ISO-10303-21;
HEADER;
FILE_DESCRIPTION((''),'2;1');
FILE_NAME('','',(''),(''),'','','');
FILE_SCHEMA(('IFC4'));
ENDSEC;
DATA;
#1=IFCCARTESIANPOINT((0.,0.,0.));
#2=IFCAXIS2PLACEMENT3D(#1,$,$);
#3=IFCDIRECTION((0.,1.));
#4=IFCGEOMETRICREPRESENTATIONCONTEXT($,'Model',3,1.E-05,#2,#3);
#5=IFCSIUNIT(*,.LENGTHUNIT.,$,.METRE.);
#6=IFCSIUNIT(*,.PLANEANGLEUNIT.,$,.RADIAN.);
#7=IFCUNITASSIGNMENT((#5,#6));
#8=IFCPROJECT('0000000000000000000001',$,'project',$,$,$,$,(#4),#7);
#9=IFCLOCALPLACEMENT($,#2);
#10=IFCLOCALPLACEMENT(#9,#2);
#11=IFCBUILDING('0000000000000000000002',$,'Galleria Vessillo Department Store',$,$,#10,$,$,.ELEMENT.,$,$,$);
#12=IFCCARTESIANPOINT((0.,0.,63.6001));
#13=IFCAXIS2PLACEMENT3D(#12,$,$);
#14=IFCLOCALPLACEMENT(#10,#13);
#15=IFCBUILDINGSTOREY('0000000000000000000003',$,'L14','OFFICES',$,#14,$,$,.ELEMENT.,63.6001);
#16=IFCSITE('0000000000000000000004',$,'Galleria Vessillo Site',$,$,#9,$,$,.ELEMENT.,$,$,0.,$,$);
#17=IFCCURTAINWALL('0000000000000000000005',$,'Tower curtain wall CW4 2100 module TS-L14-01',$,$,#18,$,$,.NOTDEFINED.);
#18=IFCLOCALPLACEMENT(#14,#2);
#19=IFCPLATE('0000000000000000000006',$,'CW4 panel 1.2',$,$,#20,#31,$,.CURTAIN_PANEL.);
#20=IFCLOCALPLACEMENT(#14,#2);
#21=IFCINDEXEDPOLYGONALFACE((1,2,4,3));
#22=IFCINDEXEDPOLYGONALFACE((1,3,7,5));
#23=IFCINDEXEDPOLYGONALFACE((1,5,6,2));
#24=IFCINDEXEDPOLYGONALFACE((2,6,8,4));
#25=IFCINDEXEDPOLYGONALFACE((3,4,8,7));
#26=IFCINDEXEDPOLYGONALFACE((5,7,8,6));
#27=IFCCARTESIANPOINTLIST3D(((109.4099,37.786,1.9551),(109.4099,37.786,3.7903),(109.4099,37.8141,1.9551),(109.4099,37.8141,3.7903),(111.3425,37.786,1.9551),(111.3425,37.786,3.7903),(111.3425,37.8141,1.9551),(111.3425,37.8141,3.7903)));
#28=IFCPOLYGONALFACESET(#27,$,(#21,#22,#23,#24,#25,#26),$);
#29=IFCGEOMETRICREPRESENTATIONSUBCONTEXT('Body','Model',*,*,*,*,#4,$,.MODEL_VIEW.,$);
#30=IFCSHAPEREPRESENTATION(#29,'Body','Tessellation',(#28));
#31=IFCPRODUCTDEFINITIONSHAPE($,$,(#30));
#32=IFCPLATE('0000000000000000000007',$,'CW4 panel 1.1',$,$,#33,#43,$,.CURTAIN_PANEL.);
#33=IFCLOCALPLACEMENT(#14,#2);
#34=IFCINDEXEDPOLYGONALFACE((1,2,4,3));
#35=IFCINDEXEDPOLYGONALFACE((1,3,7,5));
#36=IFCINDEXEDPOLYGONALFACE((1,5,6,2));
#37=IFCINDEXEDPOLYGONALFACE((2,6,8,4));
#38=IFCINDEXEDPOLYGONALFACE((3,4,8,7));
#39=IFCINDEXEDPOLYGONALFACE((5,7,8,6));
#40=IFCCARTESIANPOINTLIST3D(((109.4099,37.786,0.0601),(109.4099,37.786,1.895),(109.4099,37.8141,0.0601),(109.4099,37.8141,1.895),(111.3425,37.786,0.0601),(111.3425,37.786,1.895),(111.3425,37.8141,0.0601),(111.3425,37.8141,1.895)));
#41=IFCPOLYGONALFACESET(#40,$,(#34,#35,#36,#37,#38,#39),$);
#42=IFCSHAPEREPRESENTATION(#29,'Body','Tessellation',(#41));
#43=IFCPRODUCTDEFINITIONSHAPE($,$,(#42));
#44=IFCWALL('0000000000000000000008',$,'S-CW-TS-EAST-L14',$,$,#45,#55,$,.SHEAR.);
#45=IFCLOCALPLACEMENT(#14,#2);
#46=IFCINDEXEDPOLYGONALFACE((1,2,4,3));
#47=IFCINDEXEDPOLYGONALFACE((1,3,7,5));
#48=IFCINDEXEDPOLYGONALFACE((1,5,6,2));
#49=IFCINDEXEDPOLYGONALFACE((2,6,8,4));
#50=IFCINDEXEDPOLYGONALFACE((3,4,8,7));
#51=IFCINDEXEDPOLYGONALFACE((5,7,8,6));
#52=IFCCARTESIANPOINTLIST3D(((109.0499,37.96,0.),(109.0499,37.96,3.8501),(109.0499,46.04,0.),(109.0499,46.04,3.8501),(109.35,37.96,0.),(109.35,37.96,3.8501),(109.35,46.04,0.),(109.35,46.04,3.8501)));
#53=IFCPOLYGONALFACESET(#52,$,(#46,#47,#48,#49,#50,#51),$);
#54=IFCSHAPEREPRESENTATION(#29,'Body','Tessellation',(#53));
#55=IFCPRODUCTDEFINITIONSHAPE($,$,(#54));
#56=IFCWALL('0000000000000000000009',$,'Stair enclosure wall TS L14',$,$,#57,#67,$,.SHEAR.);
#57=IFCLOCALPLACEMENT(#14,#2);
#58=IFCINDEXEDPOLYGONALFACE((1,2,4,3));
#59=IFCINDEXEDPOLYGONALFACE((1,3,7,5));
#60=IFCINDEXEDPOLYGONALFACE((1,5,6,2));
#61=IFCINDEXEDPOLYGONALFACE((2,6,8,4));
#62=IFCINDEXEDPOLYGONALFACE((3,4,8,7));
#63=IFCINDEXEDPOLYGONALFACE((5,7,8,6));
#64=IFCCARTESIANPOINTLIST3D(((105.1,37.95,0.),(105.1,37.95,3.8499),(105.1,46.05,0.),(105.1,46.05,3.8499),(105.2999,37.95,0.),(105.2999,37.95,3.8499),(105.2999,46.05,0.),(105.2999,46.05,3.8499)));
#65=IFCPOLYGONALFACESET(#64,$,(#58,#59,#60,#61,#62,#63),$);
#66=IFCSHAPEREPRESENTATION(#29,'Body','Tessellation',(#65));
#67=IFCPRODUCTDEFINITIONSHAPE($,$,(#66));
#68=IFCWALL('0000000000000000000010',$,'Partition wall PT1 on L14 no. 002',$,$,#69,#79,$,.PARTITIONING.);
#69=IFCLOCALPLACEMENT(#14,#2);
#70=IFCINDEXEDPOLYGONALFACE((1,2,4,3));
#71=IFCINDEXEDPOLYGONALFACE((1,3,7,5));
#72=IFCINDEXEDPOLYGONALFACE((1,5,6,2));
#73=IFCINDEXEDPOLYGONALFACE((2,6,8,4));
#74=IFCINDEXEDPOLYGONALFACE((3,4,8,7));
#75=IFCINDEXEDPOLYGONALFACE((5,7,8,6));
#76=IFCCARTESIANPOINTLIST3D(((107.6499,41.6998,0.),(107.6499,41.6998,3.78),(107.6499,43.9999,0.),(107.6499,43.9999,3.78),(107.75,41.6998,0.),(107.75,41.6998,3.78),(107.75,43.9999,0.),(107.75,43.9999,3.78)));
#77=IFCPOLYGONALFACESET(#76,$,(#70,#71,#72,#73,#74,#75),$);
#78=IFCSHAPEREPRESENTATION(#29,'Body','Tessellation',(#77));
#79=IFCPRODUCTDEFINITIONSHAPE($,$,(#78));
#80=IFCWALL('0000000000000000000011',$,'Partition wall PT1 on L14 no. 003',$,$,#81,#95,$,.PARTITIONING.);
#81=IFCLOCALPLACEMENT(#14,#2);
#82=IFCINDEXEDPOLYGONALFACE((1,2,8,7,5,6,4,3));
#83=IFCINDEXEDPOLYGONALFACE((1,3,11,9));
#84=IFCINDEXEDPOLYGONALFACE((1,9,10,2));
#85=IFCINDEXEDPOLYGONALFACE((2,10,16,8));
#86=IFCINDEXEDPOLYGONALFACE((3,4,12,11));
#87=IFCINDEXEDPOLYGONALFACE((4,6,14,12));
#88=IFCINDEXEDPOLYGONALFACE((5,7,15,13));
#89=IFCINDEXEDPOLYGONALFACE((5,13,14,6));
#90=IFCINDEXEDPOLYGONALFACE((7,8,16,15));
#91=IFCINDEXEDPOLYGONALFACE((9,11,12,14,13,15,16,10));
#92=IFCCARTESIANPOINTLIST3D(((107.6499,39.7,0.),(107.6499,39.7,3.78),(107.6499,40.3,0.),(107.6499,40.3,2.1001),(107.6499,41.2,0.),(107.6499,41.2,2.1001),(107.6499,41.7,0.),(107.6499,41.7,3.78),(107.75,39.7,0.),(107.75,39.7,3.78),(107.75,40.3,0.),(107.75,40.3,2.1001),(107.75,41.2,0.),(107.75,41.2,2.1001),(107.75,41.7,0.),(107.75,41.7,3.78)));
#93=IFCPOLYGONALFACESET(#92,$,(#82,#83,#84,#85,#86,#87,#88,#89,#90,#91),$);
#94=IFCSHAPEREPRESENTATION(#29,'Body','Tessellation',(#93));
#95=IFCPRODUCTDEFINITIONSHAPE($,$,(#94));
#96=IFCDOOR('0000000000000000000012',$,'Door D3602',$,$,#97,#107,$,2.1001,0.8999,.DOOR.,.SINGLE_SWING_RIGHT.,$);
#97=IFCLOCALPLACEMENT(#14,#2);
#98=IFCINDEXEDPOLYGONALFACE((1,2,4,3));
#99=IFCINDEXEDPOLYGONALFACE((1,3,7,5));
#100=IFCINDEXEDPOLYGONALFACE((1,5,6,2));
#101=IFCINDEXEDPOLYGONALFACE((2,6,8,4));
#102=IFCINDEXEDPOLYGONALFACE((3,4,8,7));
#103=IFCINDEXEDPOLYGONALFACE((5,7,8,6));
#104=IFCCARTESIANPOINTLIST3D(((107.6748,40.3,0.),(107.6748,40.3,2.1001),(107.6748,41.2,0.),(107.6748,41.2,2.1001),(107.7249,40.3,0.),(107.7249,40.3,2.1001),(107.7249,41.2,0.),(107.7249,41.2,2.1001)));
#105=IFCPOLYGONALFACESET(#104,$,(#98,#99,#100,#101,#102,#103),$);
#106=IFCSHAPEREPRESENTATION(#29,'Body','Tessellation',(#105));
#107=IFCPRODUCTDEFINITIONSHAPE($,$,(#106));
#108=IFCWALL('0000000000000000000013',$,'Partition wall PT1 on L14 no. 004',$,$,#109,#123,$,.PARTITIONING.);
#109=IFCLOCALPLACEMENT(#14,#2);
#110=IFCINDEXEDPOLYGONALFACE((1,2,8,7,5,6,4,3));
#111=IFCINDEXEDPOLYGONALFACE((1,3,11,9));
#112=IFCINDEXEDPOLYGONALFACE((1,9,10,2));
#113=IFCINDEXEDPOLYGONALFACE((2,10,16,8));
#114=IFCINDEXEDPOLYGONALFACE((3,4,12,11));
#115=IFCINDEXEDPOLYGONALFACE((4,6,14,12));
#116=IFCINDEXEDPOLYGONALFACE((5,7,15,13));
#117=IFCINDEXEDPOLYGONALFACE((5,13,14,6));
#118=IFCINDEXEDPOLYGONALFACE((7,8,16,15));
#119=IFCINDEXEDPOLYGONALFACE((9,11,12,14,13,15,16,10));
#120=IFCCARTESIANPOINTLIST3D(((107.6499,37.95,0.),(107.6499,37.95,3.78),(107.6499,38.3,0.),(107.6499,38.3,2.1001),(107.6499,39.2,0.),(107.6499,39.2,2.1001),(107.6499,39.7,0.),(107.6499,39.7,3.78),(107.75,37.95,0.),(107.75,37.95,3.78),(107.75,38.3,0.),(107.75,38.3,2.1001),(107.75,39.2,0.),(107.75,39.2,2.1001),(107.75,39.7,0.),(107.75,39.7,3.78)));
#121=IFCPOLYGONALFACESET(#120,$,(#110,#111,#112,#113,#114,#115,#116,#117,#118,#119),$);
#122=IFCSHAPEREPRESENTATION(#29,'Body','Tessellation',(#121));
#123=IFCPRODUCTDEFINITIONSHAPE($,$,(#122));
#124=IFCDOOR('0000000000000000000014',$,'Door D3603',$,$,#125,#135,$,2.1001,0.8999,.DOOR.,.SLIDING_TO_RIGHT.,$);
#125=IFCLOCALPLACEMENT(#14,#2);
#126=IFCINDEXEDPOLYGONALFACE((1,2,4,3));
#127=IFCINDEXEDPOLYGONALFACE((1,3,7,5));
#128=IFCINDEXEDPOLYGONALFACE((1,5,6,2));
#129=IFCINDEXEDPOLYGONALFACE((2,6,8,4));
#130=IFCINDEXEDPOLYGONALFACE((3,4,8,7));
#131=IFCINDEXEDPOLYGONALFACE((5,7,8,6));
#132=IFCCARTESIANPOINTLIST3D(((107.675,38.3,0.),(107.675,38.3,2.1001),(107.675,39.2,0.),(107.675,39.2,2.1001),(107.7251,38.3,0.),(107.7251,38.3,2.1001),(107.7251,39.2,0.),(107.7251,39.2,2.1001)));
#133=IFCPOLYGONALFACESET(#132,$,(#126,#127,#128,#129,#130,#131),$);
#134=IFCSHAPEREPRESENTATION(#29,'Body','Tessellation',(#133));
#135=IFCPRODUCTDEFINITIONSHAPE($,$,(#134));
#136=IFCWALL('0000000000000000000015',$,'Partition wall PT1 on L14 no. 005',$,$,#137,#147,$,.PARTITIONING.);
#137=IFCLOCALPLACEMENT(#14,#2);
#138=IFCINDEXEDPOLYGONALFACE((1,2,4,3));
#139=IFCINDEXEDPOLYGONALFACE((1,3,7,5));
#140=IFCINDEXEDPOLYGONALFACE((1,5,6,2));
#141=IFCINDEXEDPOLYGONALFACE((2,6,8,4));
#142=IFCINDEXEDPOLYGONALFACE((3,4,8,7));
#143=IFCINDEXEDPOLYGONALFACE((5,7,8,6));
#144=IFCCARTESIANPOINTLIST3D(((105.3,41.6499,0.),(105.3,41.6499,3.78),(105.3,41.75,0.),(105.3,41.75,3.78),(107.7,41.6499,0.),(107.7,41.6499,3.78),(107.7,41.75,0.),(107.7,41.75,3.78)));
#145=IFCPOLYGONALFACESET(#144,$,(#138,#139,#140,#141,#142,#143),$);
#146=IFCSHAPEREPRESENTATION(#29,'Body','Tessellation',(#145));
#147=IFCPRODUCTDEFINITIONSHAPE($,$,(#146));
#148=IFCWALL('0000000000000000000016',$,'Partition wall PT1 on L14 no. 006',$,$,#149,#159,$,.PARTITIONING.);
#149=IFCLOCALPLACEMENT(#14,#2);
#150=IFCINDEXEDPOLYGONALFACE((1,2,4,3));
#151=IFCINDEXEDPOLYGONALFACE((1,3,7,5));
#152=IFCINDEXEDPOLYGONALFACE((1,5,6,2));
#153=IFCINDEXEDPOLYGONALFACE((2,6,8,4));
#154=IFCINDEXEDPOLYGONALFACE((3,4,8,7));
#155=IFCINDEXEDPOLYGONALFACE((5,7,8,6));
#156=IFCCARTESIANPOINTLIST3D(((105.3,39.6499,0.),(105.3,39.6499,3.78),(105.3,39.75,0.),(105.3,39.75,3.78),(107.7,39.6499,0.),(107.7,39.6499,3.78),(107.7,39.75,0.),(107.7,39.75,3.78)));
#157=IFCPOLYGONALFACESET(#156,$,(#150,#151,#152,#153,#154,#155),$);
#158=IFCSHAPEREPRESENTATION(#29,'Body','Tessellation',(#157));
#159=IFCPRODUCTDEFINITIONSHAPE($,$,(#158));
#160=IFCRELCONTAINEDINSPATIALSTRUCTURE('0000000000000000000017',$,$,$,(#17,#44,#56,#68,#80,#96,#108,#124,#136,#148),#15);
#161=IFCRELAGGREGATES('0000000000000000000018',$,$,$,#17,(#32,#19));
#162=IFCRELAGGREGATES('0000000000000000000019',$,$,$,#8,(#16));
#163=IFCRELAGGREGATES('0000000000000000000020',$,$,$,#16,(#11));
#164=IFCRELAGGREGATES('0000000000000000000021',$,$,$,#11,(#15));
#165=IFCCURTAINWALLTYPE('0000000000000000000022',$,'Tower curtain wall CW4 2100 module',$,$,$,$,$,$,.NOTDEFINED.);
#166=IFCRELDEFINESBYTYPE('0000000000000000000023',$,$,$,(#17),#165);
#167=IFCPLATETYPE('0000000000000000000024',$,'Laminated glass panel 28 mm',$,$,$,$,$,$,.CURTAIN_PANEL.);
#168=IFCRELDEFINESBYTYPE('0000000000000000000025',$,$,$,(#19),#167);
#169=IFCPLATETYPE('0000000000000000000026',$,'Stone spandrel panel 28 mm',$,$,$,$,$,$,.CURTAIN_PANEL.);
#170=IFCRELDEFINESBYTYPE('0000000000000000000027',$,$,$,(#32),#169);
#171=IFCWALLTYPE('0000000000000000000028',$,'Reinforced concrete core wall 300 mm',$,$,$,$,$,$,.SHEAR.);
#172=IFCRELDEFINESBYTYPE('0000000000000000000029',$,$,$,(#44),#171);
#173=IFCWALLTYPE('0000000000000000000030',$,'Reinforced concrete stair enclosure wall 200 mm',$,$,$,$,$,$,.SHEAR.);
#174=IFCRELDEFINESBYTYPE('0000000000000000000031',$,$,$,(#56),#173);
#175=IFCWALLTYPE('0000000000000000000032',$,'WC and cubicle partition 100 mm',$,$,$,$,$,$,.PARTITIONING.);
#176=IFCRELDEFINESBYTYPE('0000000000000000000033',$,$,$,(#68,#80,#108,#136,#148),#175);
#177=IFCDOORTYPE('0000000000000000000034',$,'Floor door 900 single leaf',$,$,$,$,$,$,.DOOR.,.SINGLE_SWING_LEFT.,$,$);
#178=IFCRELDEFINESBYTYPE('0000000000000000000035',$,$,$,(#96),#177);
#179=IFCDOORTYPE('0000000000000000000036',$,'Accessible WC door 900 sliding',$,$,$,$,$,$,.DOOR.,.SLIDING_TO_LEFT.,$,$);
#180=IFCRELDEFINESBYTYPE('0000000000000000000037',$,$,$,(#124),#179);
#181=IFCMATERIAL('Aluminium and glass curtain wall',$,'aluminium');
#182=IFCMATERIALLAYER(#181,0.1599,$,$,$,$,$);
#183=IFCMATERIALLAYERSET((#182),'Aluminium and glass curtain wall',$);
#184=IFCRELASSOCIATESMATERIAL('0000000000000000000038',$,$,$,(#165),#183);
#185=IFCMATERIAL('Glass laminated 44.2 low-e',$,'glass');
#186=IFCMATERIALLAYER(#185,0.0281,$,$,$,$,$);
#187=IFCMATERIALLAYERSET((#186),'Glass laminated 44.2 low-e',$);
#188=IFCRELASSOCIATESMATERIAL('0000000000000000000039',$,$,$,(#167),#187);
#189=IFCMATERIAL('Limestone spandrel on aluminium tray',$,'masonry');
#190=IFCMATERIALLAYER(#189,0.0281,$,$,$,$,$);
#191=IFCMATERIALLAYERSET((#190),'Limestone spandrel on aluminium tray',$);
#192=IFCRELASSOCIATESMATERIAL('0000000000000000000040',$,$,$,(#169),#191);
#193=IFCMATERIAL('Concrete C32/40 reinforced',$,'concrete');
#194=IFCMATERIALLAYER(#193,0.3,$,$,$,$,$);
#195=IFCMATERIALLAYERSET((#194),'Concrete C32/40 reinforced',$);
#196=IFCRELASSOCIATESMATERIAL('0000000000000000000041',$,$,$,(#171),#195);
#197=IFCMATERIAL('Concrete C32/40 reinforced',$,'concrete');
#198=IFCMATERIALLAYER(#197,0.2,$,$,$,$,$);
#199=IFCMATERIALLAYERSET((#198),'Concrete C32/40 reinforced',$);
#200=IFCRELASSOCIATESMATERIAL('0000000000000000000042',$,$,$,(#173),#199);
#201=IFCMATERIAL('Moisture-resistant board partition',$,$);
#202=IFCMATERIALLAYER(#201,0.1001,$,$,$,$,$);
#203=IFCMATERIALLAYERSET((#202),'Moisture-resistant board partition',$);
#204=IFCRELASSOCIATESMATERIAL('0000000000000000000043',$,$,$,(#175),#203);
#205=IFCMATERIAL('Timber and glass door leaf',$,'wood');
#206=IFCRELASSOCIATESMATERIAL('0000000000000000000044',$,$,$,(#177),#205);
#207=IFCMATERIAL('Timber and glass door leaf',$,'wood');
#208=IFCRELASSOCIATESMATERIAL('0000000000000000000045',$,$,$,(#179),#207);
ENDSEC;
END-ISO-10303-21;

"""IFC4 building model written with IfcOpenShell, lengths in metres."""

from ifc_helpers import new_model, si_unit, direction, frame, frame_2d, origin, origin_2d, place, context, subcontext, project, spatial, rectangle, extrude, material, layer, layer_set, type_object, element, fill, aggregate, save


model = new_model("IFC4")

# Units and contexts
model_context = context("Model", 3, precision=1e-05, world=origin(), true_north=direction((0.0, 1.0)))
body_context = subcontext(model_context, "Body", "Model", "MODEL_VIEW")
ifc_project = project(units=[si_unit("LENGTHUNIT", "METRE"), si_unit("PLANEANGLEUNIT", "RADIAN")], contexts=[model_context])

# Site, building, storey
site_placement = place(None, origin())
site = spatial("IfcSite", under=ifc_project, at=site_placement, Name="Galleria Vessillo Site", CompositionType="ELEMENT", RefElevation=0.0)
building_placement = place(site_placement, origin())
building = spatial("IfcBuilding", under=site, at=building_placement, Name="Galleria Vessillo Department Store", CompositionType="ELEMENT")
storey_placement = place(building_placement, frame((0.0, 0.0, 63.6001)))
storey = spatial("IfcBuildingStorey", under=building, at=storey_placement, Name="L14", Description="OFFICES", CompositionType="ELEMENT", Elevation=63.6001)

# Curtain wall
ifc_material_1 = material(Name="Aluminium and glass curtain wall", Category="aluminium")
ifc_layer_1 = layer(ifc_material_1, 0.1599)
ifc_layer_set_1 = layer_set([ifc_layer_1], Name="Aluminium and glass curtain wall")
curtain_wall_type = type_object("IfcCurtainWallType", Name="Tower curtain wall CW4 2100 module", PredefinedType="NOTDEFINED", material=ifc_layer_set_1)
curtain_wall_placement = place(storey_placement, origin())
curtain_wall = element("IfcCurtainWall", 1, at=curtain_wall_placement, inside=storey, type_object=curtain_wall_type, Name="Tower curtain wall CW4 2100 module TS-L14-01", PredefinedType="NOTDEFINED")

# Plates
ifc_material_2 = material(Name="Glass laminated 44.2 low-e", Category="glass")
ifc_layer_2 = layer(ifc_material_2, 0.0281)
ifc_layer_set_2 = layer_set([ifc_layer_2], Name="Glass laminated 44.2 low-e")
plate_type_1 = type_object("IfcPlateType", Name="Laminated glass panel 28 mm", PredefinedType="CURTAIN_PANEL", material=ifc_layer_set_2)
plate_1_placement = place(storey_placement, frame((110.3762, 37.8, 1.9551), z_axis=(0.0, 0.0, 1.0), x_axis=(1.0, 0.0, 0.0)))
plate_1 = element("IfcPlate", 2, at=plate_1_placement, type_object=plate_type_1, Name="CW4 panel 1.2", PredefinedType="CURTAIN_PANEL", context=body_context, shape_type="SweptSolid", body=[
    extrude(rectangle(XDim=1.9326, YDim=0.0281, at=origin_2d()), origin(), (0.0, 0.0, 1.0), 1.8352),
])
ifc_material_3 = material(Name="Limestone spandrel on aluminium tray", Category="masonry")
ifc_layer_3 = layer(ifc_material_3, 0.0281)
ifc_layer_set_3 = layer_set([ifc_layer_3], Name="Limestone spandrel on aluminium tray")
plate_type_2 = type_object("IfcPlateType", Name="Stone spandrel panel 28 mm", PredefinedType="CURTAIN_PANEL", material=ifc_layer_set_3)
plate_2_placement = place(storey_placement, frame((110.3762, 37.8, 0.0601), z_axis=(0.0, 0.0, 1.0), x_axis=(1.0, 0.0, 0.0)))
plate_2 = element("IfcPlate", 3, at=plate_2_placement, type_object=plate_type_2, Name="CW4 panel 1.1", PredefinedType="CURTAIN_PANEL", context=body_context, shape_type="SweptSolid", body=[
    extrude(rectangle(XDim=1.9326, YDim=0.0281, at=origin_2d()), origin(), (0.0, 0.0, 1.0), 1.835),
])
aggregate(curtain_wall, [plate_2, plate_1])

# Walls
ifc_material_4 = material(Name="Concrete C32/40 reinforced", Category="concrete")
ifc_layer_4 = layer(ifc_material_4, 0.3)
ifc_layer_set_4 = layer_set([ifc_layer_4], Name="Concrete C32/40 reinforced")
wall_type_1 = type_object("IfcWallType", Name="Reinforced concrete core wall 300 mm", PredefinedType="SHEAR", material=ifc_layer_set_4)
wall_1_placement = place(storey_placement, frame((109.2, 37.96, 0.0), z_axis=(0.0, 0.0, 1.0), x_axis=(0.0, 1.0, 0.0)))
element("IfcWall", 4, at=wall_1_placement, inside=storey, type_object=wall_type_1, Name="S-CW-TS-EAST-L14", PredefinedType="SHEAR", context=body_context, shape_type="SweptSolid", body=[
    extrude(rectangle(XDim=8.0801, YDim=0.3, at=frame_2d((4.04, 0.0))), origin(), (0.0, 0.0, 1.0), 3.8501),
])
ifc_material_5 = material(Name="Concrete C32/40 reinforced", Category="concrete")
ifc_layer_5 = layer(ifc_material_5, 0.2)
ifc_layer_set_5 = layer_set([ifc_layer_5], Name="Concrete C32/40 reinforced")
wall_type_2 = type_object("IfcWallType", Name="Reinforced concrete stair enclosure wall 200 mm", PredefinedType="SHEAR", material=ifc_layer_set_5)
wall_2_placement = place(storey_placement, frame((105.2, 37.95, 0.0), z_axis=(0.0, 0.0, 1.0), x_axis=(0.0, 1.0, 0.0)))
element("IfcWall", 5, at=wall_2_placement, inside=storey, type_object=wall_type_2, Name="Stair enclosure wall TS L14", PredefinedType="SHEAR", context=body_context, shape_type="SweptSolid", body=[
    extrude(rectangle(XDim=8.1001, YDim=0.2, at=frame_2d((4.05, 0.0))), origin(), (0.0, 0.0, 1.0), 3.8499),
])
ifc_material_6 = material(Name="Moisture-resistant board partition")
ifc_layer_6 = layer(ifc_material_6, 0.1001)
ifc_layer_set_6 = layer_set([ifc_layer_6], Name="Moisture-resistant board partition")
wall_type_3 = type_object("IfcWallType", Name="WC and cubicle partition 100 mm", PredefinedType="PARTITIONING", material=ifc_layer_set_6)
wall_3_placement = place(storey_placement, frame((107.7, 41.7, 0.0), z_axis=(0.0, 0.0, 1.0), x_axis=(0.0, 1.0, 0.0)))
element("IfcWall", 6, at=wall_3_placement, inside=storey, type_object=wall_type_3, Name="Partition wall PT1 on L14 no. 002", PredefinedType="PARTITIONING", context=body_context, shape_type="SweptSolid", body=[
    extrude(rectangle(XDim=2.3, YDim=0.1001, at=frame_2d((1.1499, 0.0))), origin(), (0.0, 0.0, 1.0), 3.78),
])

# Walls, openings, doors
wall_4_placement = place(storey_placement, frame((107.7, 39.7, 0.0), z_axis=(0.0, 0.0, 1.0), x_axis=(0.0, 1.0, 0.0)))
wall_4 = element("IfcWall", 7, at=wall_4_placement, inside=storey, type_object=wall_type_3, Name="Partition wall PT1 on L14 no. 003", PredefinedType="PARTITIONING", context=body_context, shape_type="SweptSolid", body=[
    extrude(rectangle(XDim=2.0, YDim=0.1001, at=frame_2d((1.0, 0.0))), origin(), (0.0, 0.0, 1.0), 3.78),
])
opening_1_placement = place(wall_4_placement, frame((0.6001, 0.0, 0.0)))
opening_1 = element("IfcOpeningElement", 8, at=opening_1_placement, cuts=wall_4, PredefinedType="OPENING", context=body_context, shape_type="SweptSolid", body=[
    extrude(rectangle(XDim=0.8999, YDim=2.1001, at=frame_2d((0.45, 1.05))), frame((0.0, 0.0601, 0.0), z_axis=(0.0, -1.0, 0.0), x_axis=(1.0, 0.0, 0.0)), (0.0, 0.0, 1.0), 0.1201),
])
ifc_material_7 = material(Name="Timber and glass door leaf", Category="wood")
door_type_1 = type_object("IfcDoorType", Name="Floor door 900 single leaf", OperationType="SINGLE_SWING_LEFT", PredefinedType="DOOR", material=ifc_material_7)
door_1_placement = place(opening_1_placement, frame((0.8999, 0.0, 0.0), z_axis=(0.0, 0.0, 1.0), x_axis=(-1.0, 0.0, 0.0)))
door_1 = element("IfcDoor", 9, at=door_1_placement, inside=storey, type_object=door_type_1, Name="Door D3602", OperationType="SINGLE_SWING_RIGHT", OverallHeight=2.1001, OverallWidth=0.8999, PredefinedType="DOOR", context=body_context, shape_type="SweptSolid", body=[
    extrude(rectangle(XDim=0.8999, YDim=2.1001, at=frame_2d((0.45, 1.05))), frame((0.0, 0.0249, 0.0), z_axis=(0.0, -1.0, 0.0), x_axis=(1.0, 0.0, 0.0)), (0.0, 0.0, 1.0), 0.05),
])
fill(opening_1, door_1)
wall_5_placement = place(storey_placement, frame((107.7, 37.95, 0.0), z_axis=(0.0, 0.0, 1.0), x_axis=(0.0, 1.0, 0.0)))
wall_5 = element("IfcWall", 10, at=wall_5_placement, inside=storey, type_object=wall_type_3, Name="Partition wall PT1 on L14 no. 004", PredefinedType="PARTITIONING", context=body_context, shape_type="SweptSolid", body=[
    extrude(rectangle(XDim=1.75, YDim=0.1001, at=frame_2d((0.875, 0.0))), origin(), (0.0, 0.0, 1.0), 3.78),
])
opening_2_placement = place(wall_5_placement, frame((0.3501, 0.0, 0.0)))
opening_2 = element("IfcOpeningElement", 11, at=opening_2_placement, cuts=wall_5, PredefinedType="OPENING", context=body_context, shape_type="SweptSolid", body=[
    extrude(rectangle(XDim=0.8999, YDim=2.1001, at=frame_2d((0.45, 1.05))), frame((0.0, 0.0601, 0.0), z_axis=(0.0, -1.0, 0.0), x_axis=(1.0, 0.0, 0.0)), (0.0, 0.0, 1.0), 0.1201),
])
ifc_material_8 = material(Name="Timber and glass door leaf", Category="wood")
door_type_2 = type_object("IfcDoorType", Name="Accessible WC door 900 sliding", OperationType="SLIDING_TO_LEFT", PredefinedType="DOOR", material=ifc_material_8)
door_2_placement = place(opening_2_placement, origin())
door_2 = element("IfcDoor", 12, at=door_2_placement, inside=storey, type_object=door_type_2, Name="Door D3603", OperationType="SLIDING_TO_RIGHT", OverallHeight=2.1001, OverallWidth=0.8999, PredefinedType="DOOR", context=body_context, shape_type="SweptSolid", body=[
    extrude(rectangle(XDim=0.8999, YDim=2.1001, at=frame_2d((0.45, 1.05))), frame((0.0, 0.0249, 0.0), z_axis=(0.0, -1.0, 0.0), x_axis=(1.0, 0.0, 0.0)), (0.0, 0.0, 1.0), 0.05),
])
fill(opening_2, door_2)

# Walls
for number, where, z_axis, x_axis, name in (
    (13, (105.3, 41.7, 0.0), (0.0, 0.0, 1.0), (1.0, 0.0, 0.0), "Partition wall PT1 on L14 no. 005"),
    (14, (105.3, 39.7, 0.0), (0.0, 0.0, 1.0), (1.0, 0.0, 0.0), "Partition wall PT1 on L14 no. 006"),
):
    element("IfcWall", number, at=place(storey_placement, frame(where, z_axis=z_axis, x_axis=x_axis)), inside=storey, type_object=wall_type_3, Name=name, PredefinedType="PARTITIONING", context=body_context, shape_type="SweptSolid", body=[
        extrude(rectangle(XDim=2.3999, YDim=0.1001, at=frame_2d((1.2, 0.0))), origin(), (0.0, 0.0, 1.0), 3.78),
    ])

save(model, "model.ifc")
